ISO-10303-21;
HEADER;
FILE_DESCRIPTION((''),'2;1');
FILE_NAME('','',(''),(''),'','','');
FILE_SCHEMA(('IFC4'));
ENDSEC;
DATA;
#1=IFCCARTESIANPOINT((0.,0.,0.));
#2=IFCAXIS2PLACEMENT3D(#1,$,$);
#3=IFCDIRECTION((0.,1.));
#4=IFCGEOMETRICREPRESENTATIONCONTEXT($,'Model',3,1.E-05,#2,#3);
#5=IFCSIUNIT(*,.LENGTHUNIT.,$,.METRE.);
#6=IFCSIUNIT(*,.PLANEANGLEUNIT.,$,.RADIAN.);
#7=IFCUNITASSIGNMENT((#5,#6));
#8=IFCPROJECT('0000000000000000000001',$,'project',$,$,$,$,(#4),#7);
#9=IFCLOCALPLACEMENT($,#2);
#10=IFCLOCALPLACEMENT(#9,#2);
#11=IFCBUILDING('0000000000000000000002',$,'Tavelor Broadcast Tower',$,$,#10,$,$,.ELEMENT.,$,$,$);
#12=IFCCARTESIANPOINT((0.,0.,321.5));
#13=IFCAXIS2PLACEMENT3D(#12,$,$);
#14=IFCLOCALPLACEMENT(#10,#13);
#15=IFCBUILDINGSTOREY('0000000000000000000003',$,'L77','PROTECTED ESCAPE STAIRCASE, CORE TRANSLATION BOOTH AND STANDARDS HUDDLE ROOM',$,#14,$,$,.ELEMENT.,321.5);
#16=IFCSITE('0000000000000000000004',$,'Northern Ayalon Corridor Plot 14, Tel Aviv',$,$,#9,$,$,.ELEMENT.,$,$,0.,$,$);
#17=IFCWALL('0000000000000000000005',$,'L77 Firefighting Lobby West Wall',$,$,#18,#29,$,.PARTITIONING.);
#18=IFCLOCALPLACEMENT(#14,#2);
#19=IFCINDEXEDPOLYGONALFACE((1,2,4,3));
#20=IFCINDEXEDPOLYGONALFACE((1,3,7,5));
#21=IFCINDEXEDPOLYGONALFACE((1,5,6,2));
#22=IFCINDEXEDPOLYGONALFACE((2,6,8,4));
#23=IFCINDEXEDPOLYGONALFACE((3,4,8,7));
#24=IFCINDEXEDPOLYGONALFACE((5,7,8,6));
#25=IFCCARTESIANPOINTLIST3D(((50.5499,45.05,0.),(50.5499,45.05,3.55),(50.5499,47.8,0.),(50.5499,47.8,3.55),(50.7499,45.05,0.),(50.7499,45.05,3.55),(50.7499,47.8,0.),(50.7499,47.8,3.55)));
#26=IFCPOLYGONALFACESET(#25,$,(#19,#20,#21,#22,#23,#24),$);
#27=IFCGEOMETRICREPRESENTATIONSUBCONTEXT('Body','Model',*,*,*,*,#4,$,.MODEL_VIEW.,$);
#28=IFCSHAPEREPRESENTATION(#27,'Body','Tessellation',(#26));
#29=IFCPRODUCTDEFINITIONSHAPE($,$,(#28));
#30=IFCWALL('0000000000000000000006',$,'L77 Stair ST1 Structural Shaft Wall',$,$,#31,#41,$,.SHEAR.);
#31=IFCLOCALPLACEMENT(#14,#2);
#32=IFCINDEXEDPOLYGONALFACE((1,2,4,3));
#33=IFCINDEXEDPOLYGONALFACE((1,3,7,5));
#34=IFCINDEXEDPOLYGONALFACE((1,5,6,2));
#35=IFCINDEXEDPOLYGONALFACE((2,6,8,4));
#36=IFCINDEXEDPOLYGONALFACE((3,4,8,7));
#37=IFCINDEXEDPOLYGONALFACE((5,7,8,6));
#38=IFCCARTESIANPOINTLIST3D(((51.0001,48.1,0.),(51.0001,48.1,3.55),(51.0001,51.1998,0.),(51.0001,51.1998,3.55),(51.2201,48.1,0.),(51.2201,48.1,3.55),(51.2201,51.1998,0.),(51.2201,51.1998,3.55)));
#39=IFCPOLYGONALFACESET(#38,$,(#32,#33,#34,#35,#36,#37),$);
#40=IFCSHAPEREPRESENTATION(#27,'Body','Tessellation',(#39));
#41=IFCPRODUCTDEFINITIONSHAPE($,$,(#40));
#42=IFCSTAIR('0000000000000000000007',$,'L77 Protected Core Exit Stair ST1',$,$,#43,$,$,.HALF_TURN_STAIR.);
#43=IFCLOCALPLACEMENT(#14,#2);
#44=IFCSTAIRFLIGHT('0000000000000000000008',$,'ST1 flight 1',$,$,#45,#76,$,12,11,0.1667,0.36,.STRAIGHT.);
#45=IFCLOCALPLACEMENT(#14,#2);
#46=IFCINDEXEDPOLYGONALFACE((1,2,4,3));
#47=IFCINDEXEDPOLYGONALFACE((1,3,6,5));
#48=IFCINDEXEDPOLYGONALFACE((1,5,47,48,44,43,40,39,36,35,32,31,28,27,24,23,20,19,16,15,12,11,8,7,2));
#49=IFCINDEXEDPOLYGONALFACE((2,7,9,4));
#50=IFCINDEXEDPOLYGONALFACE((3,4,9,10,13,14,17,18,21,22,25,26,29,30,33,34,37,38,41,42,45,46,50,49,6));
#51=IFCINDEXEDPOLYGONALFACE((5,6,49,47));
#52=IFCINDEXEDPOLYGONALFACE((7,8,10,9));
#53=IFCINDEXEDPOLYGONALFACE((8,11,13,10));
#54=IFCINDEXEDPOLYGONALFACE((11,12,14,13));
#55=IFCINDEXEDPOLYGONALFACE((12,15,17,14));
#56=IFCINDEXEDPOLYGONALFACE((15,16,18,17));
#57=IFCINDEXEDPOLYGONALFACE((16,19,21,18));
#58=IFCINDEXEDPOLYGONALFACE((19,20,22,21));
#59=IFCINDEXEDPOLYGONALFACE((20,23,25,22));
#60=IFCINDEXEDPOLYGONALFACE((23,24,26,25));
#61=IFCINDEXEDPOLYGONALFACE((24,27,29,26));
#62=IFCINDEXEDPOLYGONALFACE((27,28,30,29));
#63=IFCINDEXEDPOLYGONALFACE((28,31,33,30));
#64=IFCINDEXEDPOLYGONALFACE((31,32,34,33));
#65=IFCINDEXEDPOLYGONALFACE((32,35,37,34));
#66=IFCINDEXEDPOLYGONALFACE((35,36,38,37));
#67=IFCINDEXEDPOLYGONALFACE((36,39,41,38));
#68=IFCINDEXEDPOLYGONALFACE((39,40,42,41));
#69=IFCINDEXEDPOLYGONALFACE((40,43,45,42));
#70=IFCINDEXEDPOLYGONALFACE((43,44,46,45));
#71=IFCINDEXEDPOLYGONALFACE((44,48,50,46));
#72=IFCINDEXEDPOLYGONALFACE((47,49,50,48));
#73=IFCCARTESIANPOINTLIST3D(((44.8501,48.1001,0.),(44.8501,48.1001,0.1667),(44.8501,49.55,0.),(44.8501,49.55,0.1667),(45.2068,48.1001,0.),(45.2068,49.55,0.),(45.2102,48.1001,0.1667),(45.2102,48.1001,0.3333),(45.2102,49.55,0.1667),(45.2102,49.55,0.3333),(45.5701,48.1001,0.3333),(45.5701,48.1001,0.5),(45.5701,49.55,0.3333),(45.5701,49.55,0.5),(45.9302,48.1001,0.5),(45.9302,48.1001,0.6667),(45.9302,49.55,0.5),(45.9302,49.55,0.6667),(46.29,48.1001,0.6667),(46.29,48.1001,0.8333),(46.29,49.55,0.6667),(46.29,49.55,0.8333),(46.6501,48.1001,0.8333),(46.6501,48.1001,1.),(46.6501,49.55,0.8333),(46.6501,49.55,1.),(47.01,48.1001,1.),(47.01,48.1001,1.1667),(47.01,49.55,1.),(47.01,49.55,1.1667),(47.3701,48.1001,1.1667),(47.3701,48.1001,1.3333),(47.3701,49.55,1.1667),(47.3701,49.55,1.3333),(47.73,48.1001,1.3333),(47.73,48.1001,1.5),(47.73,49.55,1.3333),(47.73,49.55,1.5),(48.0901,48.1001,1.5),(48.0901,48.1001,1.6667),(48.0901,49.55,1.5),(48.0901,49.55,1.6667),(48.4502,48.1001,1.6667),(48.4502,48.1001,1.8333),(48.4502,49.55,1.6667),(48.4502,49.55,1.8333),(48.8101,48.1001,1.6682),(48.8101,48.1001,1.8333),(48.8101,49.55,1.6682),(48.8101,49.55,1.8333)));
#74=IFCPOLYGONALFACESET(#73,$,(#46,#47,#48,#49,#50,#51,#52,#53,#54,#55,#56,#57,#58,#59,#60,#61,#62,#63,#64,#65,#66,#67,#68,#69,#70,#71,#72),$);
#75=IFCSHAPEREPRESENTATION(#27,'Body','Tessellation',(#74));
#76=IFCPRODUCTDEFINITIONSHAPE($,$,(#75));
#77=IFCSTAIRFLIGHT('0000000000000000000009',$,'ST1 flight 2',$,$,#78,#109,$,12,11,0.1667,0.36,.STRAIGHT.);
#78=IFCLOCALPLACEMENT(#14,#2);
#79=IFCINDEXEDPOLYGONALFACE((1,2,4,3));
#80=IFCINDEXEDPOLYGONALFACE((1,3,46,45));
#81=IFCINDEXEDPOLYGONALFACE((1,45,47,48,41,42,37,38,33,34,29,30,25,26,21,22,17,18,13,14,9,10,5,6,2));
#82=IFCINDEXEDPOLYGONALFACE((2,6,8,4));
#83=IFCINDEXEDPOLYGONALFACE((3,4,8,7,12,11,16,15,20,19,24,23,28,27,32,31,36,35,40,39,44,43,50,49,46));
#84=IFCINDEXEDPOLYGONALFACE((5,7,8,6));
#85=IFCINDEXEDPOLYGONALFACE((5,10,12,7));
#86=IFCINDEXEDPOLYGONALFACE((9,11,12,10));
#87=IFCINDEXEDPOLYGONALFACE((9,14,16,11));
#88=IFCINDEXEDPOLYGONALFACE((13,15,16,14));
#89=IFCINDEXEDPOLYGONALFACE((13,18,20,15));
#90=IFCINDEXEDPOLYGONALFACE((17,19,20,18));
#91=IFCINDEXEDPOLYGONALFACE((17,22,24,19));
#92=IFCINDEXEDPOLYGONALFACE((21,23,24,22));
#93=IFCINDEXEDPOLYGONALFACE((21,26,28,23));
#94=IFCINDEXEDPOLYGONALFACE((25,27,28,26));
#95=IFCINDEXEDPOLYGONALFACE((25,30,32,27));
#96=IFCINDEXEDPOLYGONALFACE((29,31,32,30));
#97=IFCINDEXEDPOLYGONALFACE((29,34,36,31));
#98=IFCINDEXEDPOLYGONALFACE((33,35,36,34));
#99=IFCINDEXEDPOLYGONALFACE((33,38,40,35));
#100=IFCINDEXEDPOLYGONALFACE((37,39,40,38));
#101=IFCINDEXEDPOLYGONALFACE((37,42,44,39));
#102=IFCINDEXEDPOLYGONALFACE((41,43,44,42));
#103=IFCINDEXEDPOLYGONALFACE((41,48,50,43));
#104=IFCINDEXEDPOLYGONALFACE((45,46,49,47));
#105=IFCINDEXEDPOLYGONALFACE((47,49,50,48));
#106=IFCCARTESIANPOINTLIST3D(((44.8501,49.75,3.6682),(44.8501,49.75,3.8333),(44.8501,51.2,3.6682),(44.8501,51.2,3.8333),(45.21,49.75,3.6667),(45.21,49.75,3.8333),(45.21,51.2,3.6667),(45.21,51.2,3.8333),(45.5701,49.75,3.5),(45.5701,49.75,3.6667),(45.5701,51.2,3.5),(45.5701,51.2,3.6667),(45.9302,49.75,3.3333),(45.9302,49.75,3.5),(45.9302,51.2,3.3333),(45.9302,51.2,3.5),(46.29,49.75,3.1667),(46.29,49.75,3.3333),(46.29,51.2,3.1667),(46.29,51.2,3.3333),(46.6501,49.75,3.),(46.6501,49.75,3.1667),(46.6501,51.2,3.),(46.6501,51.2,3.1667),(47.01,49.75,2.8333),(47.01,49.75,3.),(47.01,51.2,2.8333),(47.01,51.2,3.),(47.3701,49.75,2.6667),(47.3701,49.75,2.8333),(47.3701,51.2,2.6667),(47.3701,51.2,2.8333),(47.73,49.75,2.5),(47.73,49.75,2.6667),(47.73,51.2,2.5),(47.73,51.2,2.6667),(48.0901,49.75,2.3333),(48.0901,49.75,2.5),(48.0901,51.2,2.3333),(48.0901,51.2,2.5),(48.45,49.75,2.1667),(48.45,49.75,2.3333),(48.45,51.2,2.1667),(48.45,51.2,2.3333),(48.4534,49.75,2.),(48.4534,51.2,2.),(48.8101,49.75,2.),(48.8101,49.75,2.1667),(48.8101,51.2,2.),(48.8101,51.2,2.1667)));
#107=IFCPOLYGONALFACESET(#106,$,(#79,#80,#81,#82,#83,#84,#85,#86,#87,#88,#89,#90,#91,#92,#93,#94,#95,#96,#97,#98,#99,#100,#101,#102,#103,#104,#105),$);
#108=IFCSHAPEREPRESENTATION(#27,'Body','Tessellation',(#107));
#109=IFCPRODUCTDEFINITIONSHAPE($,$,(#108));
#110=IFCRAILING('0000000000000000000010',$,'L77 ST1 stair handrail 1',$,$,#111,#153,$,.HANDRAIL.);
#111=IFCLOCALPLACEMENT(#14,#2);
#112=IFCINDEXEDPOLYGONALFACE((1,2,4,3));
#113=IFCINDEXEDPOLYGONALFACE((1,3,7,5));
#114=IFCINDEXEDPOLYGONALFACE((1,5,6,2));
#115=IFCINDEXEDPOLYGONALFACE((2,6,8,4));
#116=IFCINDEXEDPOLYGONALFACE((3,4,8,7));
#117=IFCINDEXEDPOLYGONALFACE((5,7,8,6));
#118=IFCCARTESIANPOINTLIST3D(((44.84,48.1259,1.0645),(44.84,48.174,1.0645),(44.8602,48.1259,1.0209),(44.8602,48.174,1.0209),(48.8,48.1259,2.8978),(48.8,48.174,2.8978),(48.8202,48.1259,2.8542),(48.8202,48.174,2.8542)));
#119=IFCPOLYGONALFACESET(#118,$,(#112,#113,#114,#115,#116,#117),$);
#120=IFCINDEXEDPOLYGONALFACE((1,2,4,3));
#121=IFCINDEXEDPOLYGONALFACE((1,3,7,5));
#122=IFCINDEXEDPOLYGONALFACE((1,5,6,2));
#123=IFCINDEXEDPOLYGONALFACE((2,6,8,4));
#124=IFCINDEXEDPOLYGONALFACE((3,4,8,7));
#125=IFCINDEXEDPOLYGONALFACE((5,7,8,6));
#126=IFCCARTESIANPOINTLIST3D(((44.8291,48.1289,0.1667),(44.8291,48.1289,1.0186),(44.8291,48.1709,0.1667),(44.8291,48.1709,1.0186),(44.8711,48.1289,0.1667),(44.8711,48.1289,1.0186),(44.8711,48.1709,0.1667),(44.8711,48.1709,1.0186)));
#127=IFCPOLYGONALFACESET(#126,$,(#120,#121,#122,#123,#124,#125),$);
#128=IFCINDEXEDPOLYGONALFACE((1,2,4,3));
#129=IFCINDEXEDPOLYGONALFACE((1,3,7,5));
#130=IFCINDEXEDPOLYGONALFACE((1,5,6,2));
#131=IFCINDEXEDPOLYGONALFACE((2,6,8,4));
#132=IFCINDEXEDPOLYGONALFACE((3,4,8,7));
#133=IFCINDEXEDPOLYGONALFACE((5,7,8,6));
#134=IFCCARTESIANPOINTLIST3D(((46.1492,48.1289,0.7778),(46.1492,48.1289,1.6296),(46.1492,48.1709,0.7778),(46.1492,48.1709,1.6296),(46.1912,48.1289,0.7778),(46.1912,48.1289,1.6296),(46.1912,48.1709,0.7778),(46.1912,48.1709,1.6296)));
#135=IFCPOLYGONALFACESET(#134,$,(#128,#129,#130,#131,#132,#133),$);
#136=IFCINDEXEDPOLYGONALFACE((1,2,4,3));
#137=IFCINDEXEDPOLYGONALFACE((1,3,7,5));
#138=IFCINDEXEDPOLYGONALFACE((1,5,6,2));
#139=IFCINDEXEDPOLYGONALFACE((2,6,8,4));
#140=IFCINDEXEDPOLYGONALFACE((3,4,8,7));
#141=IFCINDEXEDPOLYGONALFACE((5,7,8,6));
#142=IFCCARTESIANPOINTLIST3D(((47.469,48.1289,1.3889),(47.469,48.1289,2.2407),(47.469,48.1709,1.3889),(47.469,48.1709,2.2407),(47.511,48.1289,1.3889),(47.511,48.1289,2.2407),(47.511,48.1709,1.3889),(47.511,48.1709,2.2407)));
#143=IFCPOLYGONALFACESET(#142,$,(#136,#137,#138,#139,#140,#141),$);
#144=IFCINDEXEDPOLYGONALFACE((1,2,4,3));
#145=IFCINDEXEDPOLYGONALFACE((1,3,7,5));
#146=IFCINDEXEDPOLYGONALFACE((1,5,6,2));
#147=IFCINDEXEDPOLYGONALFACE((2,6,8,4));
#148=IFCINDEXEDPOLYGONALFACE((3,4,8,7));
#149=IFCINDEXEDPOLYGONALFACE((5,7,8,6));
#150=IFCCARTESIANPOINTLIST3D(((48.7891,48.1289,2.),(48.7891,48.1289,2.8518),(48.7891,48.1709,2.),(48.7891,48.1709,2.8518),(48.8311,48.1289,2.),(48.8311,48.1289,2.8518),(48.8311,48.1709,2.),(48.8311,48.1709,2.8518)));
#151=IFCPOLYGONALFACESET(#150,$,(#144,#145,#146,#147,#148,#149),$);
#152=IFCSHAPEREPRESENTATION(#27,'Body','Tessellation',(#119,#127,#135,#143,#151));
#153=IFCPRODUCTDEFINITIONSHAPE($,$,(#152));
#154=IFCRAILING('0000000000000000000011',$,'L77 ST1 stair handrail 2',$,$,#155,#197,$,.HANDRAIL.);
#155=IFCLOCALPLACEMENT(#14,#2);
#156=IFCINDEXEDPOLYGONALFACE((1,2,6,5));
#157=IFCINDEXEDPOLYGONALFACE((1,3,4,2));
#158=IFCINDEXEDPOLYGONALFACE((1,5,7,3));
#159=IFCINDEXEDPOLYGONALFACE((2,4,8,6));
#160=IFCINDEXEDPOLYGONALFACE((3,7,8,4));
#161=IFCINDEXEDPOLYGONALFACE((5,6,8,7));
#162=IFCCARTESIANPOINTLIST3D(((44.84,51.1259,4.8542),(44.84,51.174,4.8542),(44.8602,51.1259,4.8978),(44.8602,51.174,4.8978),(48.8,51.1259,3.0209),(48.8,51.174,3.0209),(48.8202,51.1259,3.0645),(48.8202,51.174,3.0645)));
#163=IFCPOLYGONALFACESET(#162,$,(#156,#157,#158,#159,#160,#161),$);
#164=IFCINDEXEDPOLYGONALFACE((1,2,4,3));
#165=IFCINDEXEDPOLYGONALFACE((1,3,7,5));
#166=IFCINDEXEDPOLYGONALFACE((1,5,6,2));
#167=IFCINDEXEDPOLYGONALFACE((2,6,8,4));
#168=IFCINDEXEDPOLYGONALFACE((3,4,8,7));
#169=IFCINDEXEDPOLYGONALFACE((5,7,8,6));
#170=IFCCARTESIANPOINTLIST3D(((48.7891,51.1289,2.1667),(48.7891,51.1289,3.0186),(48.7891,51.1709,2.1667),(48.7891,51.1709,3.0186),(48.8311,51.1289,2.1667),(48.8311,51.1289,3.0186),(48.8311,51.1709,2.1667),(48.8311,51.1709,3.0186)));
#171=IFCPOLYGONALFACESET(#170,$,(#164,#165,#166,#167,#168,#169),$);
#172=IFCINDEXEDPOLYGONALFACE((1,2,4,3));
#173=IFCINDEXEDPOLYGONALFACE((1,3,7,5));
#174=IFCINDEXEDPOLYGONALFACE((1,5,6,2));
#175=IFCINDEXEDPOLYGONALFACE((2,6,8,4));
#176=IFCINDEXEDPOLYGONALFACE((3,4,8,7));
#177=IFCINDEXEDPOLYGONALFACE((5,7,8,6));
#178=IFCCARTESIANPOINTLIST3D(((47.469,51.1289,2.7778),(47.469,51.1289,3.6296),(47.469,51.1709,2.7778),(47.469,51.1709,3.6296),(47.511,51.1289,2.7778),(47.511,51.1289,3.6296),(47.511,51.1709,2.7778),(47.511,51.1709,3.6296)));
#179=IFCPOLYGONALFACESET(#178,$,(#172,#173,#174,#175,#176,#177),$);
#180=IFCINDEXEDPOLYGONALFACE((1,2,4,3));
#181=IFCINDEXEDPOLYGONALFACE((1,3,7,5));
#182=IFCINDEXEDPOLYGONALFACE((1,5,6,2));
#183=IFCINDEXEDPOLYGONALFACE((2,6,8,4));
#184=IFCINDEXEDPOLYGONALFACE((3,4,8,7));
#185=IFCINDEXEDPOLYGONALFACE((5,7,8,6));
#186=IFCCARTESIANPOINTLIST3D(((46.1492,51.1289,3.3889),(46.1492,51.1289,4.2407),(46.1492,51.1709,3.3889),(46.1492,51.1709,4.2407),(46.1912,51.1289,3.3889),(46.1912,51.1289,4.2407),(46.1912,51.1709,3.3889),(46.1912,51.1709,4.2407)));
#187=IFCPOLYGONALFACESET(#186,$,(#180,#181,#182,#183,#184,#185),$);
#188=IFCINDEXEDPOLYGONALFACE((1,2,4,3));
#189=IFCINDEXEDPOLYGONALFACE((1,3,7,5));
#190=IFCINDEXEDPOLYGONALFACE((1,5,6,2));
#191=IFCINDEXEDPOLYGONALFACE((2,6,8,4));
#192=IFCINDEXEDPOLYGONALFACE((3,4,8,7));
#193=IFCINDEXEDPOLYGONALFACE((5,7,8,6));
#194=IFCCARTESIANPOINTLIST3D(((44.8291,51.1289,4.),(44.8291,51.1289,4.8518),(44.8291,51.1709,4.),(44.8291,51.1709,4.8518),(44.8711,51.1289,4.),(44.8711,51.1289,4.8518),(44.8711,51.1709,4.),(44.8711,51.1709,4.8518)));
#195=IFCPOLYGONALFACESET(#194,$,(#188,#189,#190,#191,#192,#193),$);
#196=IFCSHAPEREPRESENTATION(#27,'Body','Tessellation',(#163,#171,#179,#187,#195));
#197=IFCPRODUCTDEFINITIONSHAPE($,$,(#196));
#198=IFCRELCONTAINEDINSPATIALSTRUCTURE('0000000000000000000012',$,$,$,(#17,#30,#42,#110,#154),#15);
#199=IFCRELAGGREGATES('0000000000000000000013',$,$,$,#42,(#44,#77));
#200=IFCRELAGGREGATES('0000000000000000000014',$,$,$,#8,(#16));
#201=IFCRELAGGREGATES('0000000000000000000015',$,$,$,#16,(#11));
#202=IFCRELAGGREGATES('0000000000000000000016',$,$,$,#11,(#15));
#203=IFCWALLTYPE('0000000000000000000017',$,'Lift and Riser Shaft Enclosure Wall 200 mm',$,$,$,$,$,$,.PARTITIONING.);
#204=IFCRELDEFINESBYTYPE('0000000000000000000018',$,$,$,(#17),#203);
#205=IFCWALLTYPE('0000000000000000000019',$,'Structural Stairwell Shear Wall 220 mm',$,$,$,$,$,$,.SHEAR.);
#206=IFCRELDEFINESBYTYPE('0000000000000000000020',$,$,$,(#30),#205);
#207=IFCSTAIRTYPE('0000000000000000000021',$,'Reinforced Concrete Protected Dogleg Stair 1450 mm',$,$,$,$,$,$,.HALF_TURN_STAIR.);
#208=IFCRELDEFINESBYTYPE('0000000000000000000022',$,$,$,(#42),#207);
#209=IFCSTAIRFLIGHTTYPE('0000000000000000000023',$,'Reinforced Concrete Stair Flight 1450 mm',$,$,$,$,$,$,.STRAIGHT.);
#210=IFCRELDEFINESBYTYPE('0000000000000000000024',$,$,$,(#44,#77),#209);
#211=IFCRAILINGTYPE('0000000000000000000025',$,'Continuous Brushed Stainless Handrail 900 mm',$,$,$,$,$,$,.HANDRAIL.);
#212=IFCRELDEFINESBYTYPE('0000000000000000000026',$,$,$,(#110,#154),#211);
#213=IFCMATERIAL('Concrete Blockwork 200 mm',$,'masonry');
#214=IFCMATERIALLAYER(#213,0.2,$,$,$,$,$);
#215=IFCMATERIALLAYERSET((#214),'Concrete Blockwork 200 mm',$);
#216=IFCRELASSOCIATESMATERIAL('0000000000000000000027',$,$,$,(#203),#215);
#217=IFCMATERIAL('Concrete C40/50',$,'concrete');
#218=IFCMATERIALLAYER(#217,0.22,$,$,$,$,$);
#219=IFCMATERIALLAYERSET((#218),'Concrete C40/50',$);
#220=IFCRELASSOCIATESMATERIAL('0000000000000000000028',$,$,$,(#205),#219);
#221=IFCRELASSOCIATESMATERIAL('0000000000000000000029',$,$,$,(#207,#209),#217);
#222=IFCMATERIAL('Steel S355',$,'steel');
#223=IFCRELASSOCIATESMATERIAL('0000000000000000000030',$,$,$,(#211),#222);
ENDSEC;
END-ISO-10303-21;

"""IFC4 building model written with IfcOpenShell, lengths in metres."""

from ifc_helpers import new_model, si_unit, direction, frame, frame_2d, origin, origin_2d, place, context, subcontext, project, spatial, polyline, rectangle, outline, extrude, material, layer, layer_set, type_object, element, aggregate, save


model = new_model("IFC4")

# Units and contexts
model_context = context("Model", 3, precision=1e-05, world=origin(), true_north=direction((0.0, 1.0)))
body_context = subcontext(model_context, "Body", "Model", "MODEL_VIEW")
ifc_project = project(units=[si_unit("LENGTHUNIT", "METRE"), si_unit("PLANEANGLEUNIT", "RADIAN")], contexts=[model_context])

# Site, building, storey
site_placement = place(None, origin())
site = spatial("IfcSite", under=ifc_project, at=site_placement, Name="Northern Ayalon Corridor Plot 14, Tel Aviv", CompositionType="ELEMENT", RefElevation=0.0)
building_placement = place(site_placement, origin())
building = spatial("IfcBuilding", under=site, at=building_placement, Name="Tavelor Broadcast Tower", CompositionType="ELEMENT")
storey_placement = place(building_placement, frame((0.0, 0.0, 321.5)))
storey = spatial("IfcBuildingStorey", under=building, at=storey_placement, Name="L77", Description="PROTECTED ESCAPE STAIRCASE, CORE TRANSLATION BOOTH AND STANDARDS HUDDLE ROOM", CompositionType="ELEMENT", Elevation=321.5)

# Shared definitions
ifc_material_1 = material(Name="Steel S355", Category="steel")

# Shared definitions
ifc_material_2 = material(Name="Concrete Blockwork 200 mm", Category="masonry")

# Walls
ifc_layer_1 = layer(ifc_material_2, 0.2)
ifc_layer_set_1 = layer_set([ifc_layer_1], Name="Concrete Blockwork 200 mm")
wall_type_1 = type_object("IfcWallType", Name="Lift and Riser Shaft Enclosure Wall 200 mm", PredefinedType="PARTITIONING", material=ifc_layer_set_1)
wall_1_placement = place(storey_placement, frame((50.6499, 45.05, 0.0), z_axis=(0.0, 0.0, 1.0), x_axis=(0.0, 1.0, 0.0)))
element("IfcWall", 1, at=wall_1_placement, inside=storey, type_object=wall_type_1, Name="L77 Firefighting Lobby West Wall", PredefinedType="PARTITIONING", context=body_context, shape_type="SweptSolid", body=[
    extrude(rectangle(XDim=2.75, YDim=0.2, at=frame_2d((1.375, 0.0))), origin(), (0.0, 0.0, 1.0), 3.55),
])
ifc_material_3 = material(Name="Concrete C40/50", Category="concrete")
ifc_layer_2 = layer(ifc_material_3, 0.22)
ifc_layer_set_2 = layer_set([ifc_layer_2], Name="Concrete C40/50")
wall_type_2 = type_object("IfcWallType", Name="Structural Stairwell Shear Wall 220 mm", PredefinedType="SHEAR", material=ifc_layer_set_2)
wall_2_placement = place(storey_placement, frame((51.1101, 48.1001, 0.0), z_axis=(0.0, 0.0, 1.0), x_axis=(0.0, 1.0, 0.0)))
element("IfcWall", 2, at=wall_2_placement, inside=storey, type_object=wall_type_2, Name="L77 Stair ST1 Structural Shaft Wall", PredefinedType="SHEAR", context=body_context, shape_type="SweptSolid", body=[
    extrude(rectangle(XDim=3.0999, YDim=0.22, at=frame_2d((1.5498, 0.0))), origin(), (0.0, 0.0, 1.0), 3.55),
])

# Stair, stair flights
stair_type = type_object("IfcStairType", Name="Reinforced Concrete Protected Dogleg Stair 1450 mm", PredefinedType="HALF_TURN_STAIR", material=ifc_material_3)
stair_placement = place(storey_placement, origin())
stair = element("IfcStair", 3, at=stair_placement, inside=storey, type_object=stair_type, Name="L77 Protected Core Exit Stair ST1", PredefinedType="HALF_TURN_STAIR")
stair_flight_type = type_object("IfcStairFlightType", Name="Reinforced Concrete Stair Flight 1450 mm", PredefinedType="STRAIGHT", material=ifc_material_3)
stair_flight_1_placement = place(storey_placement, frame((44.8501, 48.825, 0.0), z_axis=(0.0, 0.0, 1.0), x_axis=(1.0, 0.0, 0.0)))
stair_flight_1 = element("IfcStairFlight", 4, at=stair_flight_1_placement, type_object=stair_flight_type, Name="ST1 flight 1", NumberOfRisers=12, NumberOfTreads=11, PredefinedType="STRAIGHT", RiserHeight=0.1667, TreadLength=0.36, context=body_context, shape_type="SweptSolid", body=[
    extrude(outline(polyline([(0.0, 0.0), (0.0, 0.1667), (0.3601, 0.1667), (0.3601, 0.3333), (0.72, 0.3333), (0.72, 0.5), (1.0801, 0.5), (1.0801, 0.6667), (1.4399, 0.6667), (1.4399, 0.8333), (1.8, 0.8333), (1.8, 1.0), (2.1599, 1.0), (2.1599, 1.1667), (2.52, 1.1667), (2.52, 1.3333), (2.8799, 1.3333), (2.8799, 1.5), (3.24, 1.5), (3.24, 1.6667), (3.6001, 1.6667), (3.6001, 1.8333), (3.96, 1.8333), (3.96, 2.0), (3.96, 1.6682), (0.3567, 0.0), (0.0, 0.0)])), frame((0.0, 0.7251, 0.0), z_axis=(0.0, -1.0, 0.0), x_axis=(1.0, 0.0, 0.0)), (0.0, 0.0, 1.0), 1.45),
])
stair_flight_2_placement = place(storey_placement, frame((48.8101, 50.4751, 2.0), z_axis=(0.0, 0.0, 1.0), x_axis=(-1.0, 0.0, 0.0)))
stair_flight_2 = element("IfcStairFlight", 5, at=stair_flight_2_placement, type_object=stair_flight_type, Name="ST1 flight 2", NumberOfRisers=12, NumberOfTreads=11, PredefinedType="STRAIGHT", RiserHeight=0.1667, TreadLength=0.36, context=body_context, shape_type="SweptSolid", body=[
    extrude(outline(polyline([(0.0, 0.0), (0.0, 0.1667), (0.3601, 0.1667), (0.3601, 0.3333), (0.72, 0.3333), (0.72, 0.5), (1.0801, 0.5), (1.0801, 0.6667), (1.4399, 0.6667), (1.4399, 0.8333), (1.8, 0.8333), (1.8, 1.0), (2.1599, 1.0), (2.1599, 1.1667), (2.52, 1.1667), (2.52, 1.3333), (2.8799, 1.3333), (2.8799, 1.5), (3.24, 1.5), (3.24, 1.6667), (3.6001, 1.6667), (3.6001, 1.8333), (3.96, 1.8333), (3.96, 2.0), (3.96, 1.6682), (0.3567, 0.0), (0.0, 0.0)])), frame((0.0, 0.7251, 0.0), z_axis=(0.0, -1.0, 0.0), x_axis=(1.0, 0.0, 0.0)), (0.0, 0.0, 1.0), 1.45),
])
aggregate(stair, [stair_flight_1, stair_flight_2])

# Railings
railing_type_1 = type_object("IfcRailingType", Name="Continuous Brushed Stainless Handrail 900 mm", PredefinedType="HANDRAIL", material=ifc_material_1)
railing_1_placement = place(storey_placement, frame((44.8501, 48.1499, 0.1667)))
element("IfcRailing", 6, at=railing_1_placement, inside=storey, type_object=railing_type_1, Name="L77 ST1 stair handrail 1", PredefinedType="HANDRAIL", context=body_context, shape_type="SweptSolid", body=[
    extrude(rectangle(XDim=0.0481, YDim=0.0481, at=origin_2d()), frame((0.0, 0.0, 0.876), z_axis=(0.907472, 0.0, 0.420112), x_axis=(0.0, 1.0, 0.0)), (0.0, 0.0, 1.0), 4.3638),
    extrude(rectangle(XDim=0.042, YDim=0.042, at=origin_2d()), origin(), (0.0, 0.0, 1.0), 0.8518),
    extrude(rectangle(XDim=0.042, YDim=0.042, at=origin_2d()), frame((1.3201, 0.0, 0.6111)), (0.0, 0.0, 1.0), 0.8518),
    extrude(rectangle(XDim=0.042, YDim=0.042, at=origin_2d()), frame((2.6399, 0.0, 1.2222)), (0.0, 0.0, 1.0), 0.8518),
    extrude(rectangle(XDim=0.042, YDim=0.042, at=origin_2d()), frame((3.96, 0.0, 1.8333)), (0.0, 0.0, 1.0), 0.8518),
])
railing_2_placement = place(storey_placement, frame((48.8101, 51.1499, 2.1667)))
element("IfcRailing", 7, at=railing_2_placement, inside=storey, type_object=railing_type_1, Name="L77 ST1 stair handrail 2", PredefinedType="HANDRAIL", context=body_context, shape_type="SweptSolid", body=[
    extrude(rectangle(XDim=0.0481, YDim=0.0481, at=origin_2d()), frame((0.0, 0.0, 0.876), z_axis=(-0.907472, 0.0, 0.420112), x_axis=(0.0, -1.0, 0.0)), (0.0, 0.0, 1.0), 4.3638),
    extrude(rectangle(XDim=0.042, YDim=0.042, at=origin_2d()), origin(), (0.0, 0.0, 1.0), 0.8518),
    extrude(rectangle(XDim=0.042, YDim=0.042, at=origin_2d()), frame((-1.3201, 0.0, 0.6111)), (0.0, 0.0, 1.0), 0.8518),
    extrude(rectangle(XDim=0.042, YDim=0.042, at=origin_2d()), frame((-2.6399, 0.0, 1.2222)), (0.0, 0.0, 1.0), 0.8518),
    extrude(rectangle(XDim=0.042, YDim=0.042, at=origin_2d()), frame((-3.96, 0.0, 1.8333)), (0.0, 0.0, 1.0), 0.8518),
])

save(model, "model.ifc")
